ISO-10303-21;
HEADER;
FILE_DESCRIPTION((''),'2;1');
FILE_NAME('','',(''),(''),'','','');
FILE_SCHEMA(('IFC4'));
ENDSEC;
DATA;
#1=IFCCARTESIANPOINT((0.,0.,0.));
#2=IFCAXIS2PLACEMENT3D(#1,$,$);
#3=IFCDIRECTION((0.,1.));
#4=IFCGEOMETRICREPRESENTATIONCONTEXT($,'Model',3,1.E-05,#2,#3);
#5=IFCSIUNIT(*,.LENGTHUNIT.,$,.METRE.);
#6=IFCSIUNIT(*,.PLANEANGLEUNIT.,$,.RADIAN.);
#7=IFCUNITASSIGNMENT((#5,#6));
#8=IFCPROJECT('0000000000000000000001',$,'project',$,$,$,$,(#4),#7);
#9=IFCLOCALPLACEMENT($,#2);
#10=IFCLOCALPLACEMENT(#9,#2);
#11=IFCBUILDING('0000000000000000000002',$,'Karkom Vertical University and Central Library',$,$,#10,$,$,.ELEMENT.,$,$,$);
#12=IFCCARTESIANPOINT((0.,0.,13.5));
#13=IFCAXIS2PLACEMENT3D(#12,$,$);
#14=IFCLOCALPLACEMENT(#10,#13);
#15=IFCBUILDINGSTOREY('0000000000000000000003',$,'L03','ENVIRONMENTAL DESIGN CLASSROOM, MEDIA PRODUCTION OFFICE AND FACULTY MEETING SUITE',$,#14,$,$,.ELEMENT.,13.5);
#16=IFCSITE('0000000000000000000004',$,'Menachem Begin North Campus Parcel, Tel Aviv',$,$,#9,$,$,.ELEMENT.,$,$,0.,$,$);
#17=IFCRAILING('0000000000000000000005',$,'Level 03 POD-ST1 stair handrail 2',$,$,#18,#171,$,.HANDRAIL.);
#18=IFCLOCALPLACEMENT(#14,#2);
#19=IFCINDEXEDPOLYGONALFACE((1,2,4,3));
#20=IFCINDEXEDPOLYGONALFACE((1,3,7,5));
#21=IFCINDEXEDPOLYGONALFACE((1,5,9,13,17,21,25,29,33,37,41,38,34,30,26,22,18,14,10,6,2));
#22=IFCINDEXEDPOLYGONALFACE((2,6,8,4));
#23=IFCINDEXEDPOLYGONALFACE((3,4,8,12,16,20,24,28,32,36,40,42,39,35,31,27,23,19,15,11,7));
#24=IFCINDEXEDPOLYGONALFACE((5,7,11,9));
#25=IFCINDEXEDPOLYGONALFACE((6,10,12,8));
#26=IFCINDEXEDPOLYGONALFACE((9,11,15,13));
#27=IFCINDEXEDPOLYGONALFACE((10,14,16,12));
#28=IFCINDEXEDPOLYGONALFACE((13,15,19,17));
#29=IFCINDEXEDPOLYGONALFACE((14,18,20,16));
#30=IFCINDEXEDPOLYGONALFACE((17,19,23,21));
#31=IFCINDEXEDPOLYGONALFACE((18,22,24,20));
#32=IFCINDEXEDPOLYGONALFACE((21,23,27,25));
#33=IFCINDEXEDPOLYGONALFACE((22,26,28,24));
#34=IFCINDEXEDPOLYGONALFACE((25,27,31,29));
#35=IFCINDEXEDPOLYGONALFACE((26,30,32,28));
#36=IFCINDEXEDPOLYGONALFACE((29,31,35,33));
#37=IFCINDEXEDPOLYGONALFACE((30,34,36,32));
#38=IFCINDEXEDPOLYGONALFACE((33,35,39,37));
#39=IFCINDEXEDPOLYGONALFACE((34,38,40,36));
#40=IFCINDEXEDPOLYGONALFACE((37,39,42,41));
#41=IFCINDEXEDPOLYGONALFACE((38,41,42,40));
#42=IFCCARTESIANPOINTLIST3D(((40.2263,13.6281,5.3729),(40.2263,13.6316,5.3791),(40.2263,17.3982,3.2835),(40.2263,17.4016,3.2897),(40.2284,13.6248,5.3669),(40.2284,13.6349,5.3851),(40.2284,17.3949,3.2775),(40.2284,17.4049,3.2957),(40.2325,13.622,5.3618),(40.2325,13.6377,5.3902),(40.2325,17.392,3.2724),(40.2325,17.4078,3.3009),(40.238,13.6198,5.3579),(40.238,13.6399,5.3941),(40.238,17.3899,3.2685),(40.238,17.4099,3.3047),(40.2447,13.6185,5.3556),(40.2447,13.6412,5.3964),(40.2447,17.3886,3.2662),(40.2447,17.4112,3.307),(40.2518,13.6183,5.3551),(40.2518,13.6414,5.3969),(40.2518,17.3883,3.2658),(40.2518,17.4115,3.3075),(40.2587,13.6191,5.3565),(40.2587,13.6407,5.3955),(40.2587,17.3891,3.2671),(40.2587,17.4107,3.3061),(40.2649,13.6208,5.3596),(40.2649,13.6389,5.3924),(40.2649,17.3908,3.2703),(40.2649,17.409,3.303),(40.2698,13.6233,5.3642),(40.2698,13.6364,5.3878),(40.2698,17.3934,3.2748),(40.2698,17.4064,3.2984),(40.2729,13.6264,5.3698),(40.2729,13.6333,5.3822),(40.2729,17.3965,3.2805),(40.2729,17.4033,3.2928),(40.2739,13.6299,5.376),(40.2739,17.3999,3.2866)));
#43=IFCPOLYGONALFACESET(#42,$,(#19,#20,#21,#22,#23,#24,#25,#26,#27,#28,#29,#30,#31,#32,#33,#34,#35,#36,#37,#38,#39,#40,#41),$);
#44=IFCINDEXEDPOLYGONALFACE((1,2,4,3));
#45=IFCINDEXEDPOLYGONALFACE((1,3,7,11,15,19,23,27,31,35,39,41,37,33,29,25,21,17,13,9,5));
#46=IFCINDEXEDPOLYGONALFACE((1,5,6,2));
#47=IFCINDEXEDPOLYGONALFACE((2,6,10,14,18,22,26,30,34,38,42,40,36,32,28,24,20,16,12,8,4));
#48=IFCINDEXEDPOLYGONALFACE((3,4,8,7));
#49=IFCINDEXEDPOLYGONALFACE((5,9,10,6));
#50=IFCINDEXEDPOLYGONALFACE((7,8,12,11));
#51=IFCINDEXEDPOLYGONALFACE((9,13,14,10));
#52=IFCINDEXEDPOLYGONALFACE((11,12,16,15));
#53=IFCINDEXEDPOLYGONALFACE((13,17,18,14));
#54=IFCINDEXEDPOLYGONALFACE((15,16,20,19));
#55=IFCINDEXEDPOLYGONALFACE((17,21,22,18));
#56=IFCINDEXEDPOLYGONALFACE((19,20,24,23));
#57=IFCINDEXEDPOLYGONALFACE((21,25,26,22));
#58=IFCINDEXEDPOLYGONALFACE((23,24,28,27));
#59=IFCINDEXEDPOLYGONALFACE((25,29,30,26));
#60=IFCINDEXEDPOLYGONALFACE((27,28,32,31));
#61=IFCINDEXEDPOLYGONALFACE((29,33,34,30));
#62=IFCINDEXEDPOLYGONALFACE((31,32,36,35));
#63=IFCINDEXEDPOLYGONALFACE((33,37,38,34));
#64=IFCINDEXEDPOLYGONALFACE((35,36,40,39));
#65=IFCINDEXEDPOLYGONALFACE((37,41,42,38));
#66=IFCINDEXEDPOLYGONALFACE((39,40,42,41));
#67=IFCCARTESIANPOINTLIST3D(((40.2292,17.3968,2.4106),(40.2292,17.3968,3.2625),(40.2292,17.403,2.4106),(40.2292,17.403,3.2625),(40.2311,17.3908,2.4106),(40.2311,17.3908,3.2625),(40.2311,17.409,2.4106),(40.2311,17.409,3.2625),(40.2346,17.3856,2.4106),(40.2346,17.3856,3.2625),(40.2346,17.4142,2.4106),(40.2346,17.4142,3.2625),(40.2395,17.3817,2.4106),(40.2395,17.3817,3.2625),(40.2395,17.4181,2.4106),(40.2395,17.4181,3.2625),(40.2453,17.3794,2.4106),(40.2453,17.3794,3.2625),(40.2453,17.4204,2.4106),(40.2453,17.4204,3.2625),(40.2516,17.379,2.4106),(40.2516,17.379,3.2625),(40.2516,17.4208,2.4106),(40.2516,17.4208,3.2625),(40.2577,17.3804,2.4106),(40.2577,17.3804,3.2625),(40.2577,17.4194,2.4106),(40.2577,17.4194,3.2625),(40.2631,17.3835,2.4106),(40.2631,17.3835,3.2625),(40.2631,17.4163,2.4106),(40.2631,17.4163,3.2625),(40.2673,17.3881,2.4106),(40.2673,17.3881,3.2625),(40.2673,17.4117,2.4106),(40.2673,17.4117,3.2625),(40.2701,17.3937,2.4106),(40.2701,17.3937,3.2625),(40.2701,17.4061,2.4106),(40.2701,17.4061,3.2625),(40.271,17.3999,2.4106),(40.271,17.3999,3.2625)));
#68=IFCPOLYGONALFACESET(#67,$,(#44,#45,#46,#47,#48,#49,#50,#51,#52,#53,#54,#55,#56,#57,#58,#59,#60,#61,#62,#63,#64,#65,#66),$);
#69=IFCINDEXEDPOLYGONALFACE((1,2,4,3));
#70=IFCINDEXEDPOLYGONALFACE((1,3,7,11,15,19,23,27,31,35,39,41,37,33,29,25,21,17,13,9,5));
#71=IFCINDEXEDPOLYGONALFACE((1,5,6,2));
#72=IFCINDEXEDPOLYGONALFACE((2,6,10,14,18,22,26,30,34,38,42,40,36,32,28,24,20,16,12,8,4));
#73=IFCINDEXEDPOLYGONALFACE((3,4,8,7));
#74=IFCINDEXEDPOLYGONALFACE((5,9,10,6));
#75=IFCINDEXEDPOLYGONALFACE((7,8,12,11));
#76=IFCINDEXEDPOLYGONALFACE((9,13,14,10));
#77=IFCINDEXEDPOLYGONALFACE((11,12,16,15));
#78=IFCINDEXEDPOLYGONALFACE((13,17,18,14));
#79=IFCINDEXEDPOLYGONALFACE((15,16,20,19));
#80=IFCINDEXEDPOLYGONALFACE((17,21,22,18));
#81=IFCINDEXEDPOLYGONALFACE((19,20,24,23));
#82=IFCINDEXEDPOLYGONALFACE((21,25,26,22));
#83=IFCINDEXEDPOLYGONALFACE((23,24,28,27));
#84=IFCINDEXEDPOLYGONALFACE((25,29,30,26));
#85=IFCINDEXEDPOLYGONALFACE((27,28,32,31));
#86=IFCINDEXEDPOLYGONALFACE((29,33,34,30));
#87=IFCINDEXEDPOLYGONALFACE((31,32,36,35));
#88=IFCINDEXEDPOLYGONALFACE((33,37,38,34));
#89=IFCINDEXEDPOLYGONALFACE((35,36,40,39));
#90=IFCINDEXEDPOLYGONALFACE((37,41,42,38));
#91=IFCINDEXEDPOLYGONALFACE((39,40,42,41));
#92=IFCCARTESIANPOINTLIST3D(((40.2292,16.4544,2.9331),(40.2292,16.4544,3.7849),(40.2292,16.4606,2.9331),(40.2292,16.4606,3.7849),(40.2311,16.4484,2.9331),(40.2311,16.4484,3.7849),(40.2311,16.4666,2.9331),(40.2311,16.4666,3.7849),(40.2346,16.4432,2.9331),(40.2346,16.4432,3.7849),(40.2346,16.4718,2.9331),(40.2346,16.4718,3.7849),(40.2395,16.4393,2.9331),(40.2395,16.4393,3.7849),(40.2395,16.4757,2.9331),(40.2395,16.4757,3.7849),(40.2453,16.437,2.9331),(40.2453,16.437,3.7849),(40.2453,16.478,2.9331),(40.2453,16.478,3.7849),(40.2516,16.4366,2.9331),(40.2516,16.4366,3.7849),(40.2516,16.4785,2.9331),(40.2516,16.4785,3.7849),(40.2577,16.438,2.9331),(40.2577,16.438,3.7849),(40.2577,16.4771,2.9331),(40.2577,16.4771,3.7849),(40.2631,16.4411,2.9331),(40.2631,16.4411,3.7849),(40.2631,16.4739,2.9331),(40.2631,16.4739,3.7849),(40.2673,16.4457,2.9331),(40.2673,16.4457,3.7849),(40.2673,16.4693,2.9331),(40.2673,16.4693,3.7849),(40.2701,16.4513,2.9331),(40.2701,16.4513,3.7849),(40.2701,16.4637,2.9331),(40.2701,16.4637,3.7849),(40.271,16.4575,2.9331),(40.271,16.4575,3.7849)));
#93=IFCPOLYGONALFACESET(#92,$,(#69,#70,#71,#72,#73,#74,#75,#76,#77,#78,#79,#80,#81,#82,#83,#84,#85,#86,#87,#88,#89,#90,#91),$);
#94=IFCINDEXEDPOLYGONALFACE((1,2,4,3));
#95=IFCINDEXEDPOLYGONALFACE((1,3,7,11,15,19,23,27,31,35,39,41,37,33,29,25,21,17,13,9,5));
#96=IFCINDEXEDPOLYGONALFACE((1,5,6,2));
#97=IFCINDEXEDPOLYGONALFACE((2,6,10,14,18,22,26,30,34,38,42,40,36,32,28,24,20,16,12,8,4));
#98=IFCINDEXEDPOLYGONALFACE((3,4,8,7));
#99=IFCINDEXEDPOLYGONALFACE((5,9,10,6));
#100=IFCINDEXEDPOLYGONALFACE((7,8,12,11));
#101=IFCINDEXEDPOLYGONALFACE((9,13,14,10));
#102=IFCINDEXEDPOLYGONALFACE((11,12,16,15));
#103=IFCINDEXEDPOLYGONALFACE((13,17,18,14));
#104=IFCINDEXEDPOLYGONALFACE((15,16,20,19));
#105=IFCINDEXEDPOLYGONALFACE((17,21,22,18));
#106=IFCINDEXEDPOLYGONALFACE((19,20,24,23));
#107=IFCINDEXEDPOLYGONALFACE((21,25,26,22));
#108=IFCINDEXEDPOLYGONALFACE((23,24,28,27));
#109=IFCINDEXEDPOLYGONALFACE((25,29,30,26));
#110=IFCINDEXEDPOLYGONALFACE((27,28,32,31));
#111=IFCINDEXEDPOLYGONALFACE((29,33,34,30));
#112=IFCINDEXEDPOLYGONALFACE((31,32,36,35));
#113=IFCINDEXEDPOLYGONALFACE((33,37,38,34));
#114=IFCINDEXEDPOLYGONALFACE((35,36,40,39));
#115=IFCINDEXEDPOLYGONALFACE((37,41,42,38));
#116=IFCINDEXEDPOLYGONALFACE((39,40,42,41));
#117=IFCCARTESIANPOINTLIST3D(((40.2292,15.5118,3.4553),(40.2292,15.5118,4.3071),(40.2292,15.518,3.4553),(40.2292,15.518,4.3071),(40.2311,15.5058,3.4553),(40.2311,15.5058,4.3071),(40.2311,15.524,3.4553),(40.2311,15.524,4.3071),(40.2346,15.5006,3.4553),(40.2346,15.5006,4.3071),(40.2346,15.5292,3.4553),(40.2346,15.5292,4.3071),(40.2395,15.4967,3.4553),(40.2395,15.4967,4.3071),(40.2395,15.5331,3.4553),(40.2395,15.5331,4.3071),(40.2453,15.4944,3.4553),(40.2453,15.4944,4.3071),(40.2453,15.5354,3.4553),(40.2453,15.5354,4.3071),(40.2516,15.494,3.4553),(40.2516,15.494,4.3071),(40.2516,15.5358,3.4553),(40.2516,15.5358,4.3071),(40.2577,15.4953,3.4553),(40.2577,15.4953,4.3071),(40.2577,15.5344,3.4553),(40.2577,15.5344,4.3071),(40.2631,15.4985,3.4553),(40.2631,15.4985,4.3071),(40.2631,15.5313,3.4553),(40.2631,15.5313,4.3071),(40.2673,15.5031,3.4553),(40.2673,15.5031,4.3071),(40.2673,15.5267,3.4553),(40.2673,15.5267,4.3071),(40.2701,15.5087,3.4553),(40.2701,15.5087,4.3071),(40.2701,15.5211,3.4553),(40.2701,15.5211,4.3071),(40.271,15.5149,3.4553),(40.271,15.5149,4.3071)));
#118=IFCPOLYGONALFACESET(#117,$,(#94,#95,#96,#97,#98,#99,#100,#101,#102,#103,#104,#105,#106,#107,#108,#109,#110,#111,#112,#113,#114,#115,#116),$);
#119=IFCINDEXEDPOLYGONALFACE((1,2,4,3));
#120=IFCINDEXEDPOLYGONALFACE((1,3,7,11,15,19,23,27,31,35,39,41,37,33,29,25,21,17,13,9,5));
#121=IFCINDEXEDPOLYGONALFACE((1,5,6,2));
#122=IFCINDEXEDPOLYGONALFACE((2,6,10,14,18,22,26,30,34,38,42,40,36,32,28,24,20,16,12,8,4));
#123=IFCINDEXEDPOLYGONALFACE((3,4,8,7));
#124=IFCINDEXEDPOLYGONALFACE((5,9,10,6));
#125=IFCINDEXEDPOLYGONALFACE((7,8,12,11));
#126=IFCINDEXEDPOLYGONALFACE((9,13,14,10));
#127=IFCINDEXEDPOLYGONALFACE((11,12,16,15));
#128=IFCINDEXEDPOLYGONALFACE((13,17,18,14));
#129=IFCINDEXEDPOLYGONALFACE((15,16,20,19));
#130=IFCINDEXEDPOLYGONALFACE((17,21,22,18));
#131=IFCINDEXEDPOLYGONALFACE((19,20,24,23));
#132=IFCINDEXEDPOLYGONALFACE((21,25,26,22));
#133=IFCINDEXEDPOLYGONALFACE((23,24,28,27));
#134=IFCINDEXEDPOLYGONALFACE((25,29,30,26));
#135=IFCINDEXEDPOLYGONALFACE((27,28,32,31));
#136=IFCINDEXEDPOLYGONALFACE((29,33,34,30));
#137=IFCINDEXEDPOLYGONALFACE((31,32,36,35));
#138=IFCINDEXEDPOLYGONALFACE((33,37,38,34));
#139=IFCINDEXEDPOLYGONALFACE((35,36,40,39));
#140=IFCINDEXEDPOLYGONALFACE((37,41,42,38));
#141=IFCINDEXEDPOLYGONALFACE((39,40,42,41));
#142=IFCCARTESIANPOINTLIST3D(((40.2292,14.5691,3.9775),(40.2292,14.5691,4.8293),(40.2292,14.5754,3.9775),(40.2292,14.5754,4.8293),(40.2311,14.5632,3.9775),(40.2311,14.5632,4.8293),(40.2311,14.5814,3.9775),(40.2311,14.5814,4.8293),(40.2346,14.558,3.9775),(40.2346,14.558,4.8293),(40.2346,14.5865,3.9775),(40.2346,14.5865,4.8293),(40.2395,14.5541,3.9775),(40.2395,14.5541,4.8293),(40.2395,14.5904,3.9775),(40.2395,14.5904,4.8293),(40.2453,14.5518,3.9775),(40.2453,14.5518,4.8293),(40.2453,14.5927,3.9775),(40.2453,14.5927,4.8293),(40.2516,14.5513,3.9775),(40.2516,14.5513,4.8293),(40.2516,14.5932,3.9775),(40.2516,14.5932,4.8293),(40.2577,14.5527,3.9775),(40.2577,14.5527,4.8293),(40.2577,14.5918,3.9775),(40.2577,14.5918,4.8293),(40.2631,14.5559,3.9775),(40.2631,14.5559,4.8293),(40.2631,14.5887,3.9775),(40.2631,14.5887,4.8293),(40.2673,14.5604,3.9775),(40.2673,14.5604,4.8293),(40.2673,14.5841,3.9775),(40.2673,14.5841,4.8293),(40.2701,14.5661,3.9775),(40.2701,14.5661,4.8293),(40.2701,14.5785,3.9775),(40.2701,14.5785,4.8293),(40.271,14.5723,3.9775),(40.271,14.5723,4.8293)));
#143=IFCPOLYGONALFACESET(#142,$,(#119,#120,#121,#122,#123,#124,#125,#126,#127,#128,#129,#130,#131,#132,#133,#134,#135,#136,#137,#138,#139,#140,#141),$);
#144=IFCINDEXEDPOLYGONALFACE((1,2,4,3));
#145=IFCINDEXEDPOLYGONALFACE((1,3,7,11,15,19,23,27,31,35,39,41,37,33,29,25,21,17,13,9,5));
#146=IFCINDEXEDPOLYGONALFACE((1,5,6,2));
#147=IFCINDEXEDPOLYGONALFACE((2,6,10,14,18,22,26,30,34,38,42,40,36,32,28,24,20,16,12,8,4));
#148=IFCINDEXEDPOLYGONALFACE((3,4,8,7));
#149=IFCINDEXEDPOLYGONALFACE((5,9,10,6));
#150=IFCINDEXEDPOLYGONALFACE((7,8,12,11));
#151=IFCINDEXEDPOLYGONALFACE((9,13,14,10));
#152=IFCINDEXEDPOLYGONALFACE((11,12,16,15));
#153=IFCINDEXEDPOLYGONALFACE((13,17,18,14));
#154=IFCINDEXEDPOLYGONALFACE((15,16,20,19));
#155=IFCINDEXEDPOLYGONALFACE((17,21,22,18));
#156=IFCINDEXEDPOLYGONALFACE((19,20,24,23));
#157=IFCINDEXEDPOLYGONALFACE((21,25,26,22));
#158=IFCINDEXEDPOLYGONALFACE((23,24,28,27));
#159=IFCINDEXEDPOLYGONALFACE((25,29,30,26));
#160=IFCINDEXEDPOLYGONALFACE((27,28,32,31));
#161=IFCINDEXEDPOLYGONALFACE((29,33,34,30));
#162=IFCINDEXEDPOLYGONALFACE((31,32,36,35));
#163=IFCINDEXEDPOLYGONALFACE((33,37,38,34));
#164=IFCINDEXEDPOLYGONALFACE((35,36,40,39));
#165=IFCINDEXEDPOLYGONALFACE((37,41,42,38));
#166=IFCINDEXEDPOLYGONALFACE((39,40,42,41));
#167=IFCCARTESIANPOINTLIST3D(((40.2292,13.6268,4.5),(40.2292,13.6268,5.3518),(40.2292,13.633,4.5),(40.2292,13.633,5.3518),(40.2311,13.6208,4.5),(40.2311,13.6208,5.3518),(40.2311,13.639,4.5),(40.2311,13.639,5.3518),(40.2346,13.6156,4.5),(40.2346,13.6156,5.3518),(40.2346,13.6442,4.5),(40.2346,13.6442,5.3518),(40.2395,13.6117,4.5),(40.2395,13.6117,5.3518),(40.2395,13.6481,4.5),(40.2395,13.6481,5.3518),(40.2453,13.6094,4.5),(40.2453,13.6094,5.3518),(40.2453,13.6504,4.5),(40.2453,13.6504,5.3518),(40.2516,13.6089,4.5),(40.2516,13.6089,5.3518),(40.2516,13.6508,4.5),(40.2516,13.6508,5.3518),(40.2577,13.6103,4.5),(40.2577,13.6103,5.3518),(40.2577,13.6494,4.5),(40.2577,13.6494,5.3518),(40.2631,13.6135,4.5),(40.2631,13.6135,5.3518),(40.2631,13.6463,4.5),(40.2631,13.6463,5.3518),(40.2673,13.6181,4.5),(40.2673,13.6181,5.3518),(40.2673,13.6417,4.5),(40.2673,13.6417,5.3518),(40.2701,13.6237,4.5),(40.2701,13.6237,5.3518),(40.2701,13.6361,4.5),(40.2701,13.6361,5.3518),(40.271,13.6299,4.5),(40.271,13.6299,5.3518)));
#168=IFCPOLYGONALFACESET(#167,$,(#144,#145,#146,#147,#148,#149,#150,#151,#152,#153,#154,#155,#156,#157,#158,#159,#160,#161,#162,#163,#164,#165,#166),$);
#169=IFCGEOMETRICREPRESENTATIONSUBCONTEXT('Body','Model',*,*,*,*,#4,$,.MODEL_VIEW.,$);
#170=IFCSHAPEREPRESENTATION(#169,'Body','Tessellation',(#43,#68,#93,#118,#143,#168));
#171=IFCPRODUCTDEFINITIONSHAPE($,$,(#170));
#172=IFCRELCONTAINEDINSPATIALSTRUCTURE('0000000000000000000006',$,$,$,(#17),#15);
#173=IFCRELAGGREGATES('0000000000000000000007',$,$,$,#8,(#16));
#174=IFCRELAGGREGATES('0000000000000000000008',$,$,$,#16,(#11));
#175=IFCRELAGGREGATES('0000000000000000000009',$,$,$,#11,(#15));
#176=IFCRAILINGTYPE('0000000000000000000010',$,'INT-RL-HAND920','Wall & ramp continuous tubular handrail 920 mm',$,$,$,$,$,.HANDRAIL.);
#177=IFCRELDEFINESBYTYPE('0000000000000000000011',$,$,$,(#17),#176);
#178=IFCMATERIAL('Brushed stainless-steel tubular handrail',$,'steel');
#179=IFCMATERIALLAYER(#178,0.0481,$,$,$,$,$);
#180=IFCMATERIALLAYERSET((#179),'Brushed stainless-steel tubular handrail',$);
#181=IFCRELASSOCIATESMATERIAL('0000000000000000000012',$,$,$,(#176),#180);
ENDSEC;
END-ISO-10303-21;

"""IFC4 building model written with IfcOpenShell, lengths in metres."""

from ifc_helpers import new_model, si_unit, direction, frame, origin, origin_2d, place, context, subcontext, project, spatial, circle, extrude, material, layer, layer_set, type_object, element, save


model = new_model("IFC4")

# Units and contexts
model_context = context("Model", 3, precision=1e-05, world=origin(), true_north=direction((0.0, 1.0)))
body_context = subcontext(model_context, "Body", "Model", "MODEL_VIEW")
ifc_project = project(units=[si_unit("LENGTHUNIT", "METRE"), si_unit("PLANEANGLEUNIT", "RADIAN")], contexts=[model_context])

# Site, building, storey
site_placement = place(None, origin())
site = spatial("IfcSite", under=ifc_project, at=site_placement, Name="Menachem Begin North Campus Parcel, Tel Aviv", CompositionType="ELEMENT", RefElevation=0.0)
building_placement = place(site_placement, origin())
building = spatial("IfcBuilding", under=site, at=building_placement, Name="Karkom Vertical University and Central Library", CompositionType="ELEMENT")
storey_placement = place(building_placement, frame((0.0, 0.0, 13.5)))
storey = spatial("IfcBuildingStorey", under=building, at=storey_placement, Name="L03", Description="ENVIRONMENTAL DESIGN CLASSROOM, MEDIA PRODUCTION OFFICE AND FACULTY MEETING SUITE", CompositionType="ELEMENT", Elevation=13.5)

# Railing
ifc_material_1 = material(Name="Brushed stainless-steel tubular handrail", Category="steel")
ifc_layer_1 = layer(ifc_material_1, 0.0481)
ifc_layer_set_1 = layer_set([ifc_layer_1], Name="Brushed stainless-steel tubular handrail")
railing_type_1 = type_object("IfcRailingType", Name="INT-RL-HAND920", Description="Wall & ramp continuous tubular handrail 920 mm", PredefinedType="HANDRAIL", material=ifc_layer_set_1)
railing_1_placement = place(storey_placement, frame((40.25, 17.3999, 2.4106)))
element("IfcRailing", 1, at=railing_1_placement, inside=storey, type_object=railing_type_1, Name="Level 03 POD-ST1 stair handrail 2", PredefinedType="HANDRAIL", context=body_context, shape_type="SweptSolid", body=[
    extrude(circle(Radius=0.0239, at=origin_2d()), frame((0.0, 0.0, 0.876), z_axis=(0.0, -0.874659, 0.484739), x_axis=(1.0, 0.0, 0.0)), (0.0, 0.0, 1.0), 4.3103),
    extrude(circle(Radius=0.021, at=origin_2d()), origin(), (0.0, 0.0, 1.0), 0.8518),
    extrude(circle(Radius=0.021, at=origin_2d()), frame((0.0, -0.9424, 0.5225)), (0.0, 0.0, 1.0), 0.8518),
    extrude(circle(Radius=0.021, at=origin_2d()), frame((0.0, -1.885, 1.0447)), (0.0, 0.0, 1.0), 0.8518),
    extrude(circle(Radius=0.021, at=origin_2d()), frame((0.0, -2.8276, 1.5669)), (0.0, 0.0, 1.0), 0.8518),
    extrude(circle(Radius=0.021, at=origin_2d()), frame((0.0, -3.77, 2.0894)), (0.0, 0.0, 1.0), 0.8518),
])

save(model, "model.ifc")
